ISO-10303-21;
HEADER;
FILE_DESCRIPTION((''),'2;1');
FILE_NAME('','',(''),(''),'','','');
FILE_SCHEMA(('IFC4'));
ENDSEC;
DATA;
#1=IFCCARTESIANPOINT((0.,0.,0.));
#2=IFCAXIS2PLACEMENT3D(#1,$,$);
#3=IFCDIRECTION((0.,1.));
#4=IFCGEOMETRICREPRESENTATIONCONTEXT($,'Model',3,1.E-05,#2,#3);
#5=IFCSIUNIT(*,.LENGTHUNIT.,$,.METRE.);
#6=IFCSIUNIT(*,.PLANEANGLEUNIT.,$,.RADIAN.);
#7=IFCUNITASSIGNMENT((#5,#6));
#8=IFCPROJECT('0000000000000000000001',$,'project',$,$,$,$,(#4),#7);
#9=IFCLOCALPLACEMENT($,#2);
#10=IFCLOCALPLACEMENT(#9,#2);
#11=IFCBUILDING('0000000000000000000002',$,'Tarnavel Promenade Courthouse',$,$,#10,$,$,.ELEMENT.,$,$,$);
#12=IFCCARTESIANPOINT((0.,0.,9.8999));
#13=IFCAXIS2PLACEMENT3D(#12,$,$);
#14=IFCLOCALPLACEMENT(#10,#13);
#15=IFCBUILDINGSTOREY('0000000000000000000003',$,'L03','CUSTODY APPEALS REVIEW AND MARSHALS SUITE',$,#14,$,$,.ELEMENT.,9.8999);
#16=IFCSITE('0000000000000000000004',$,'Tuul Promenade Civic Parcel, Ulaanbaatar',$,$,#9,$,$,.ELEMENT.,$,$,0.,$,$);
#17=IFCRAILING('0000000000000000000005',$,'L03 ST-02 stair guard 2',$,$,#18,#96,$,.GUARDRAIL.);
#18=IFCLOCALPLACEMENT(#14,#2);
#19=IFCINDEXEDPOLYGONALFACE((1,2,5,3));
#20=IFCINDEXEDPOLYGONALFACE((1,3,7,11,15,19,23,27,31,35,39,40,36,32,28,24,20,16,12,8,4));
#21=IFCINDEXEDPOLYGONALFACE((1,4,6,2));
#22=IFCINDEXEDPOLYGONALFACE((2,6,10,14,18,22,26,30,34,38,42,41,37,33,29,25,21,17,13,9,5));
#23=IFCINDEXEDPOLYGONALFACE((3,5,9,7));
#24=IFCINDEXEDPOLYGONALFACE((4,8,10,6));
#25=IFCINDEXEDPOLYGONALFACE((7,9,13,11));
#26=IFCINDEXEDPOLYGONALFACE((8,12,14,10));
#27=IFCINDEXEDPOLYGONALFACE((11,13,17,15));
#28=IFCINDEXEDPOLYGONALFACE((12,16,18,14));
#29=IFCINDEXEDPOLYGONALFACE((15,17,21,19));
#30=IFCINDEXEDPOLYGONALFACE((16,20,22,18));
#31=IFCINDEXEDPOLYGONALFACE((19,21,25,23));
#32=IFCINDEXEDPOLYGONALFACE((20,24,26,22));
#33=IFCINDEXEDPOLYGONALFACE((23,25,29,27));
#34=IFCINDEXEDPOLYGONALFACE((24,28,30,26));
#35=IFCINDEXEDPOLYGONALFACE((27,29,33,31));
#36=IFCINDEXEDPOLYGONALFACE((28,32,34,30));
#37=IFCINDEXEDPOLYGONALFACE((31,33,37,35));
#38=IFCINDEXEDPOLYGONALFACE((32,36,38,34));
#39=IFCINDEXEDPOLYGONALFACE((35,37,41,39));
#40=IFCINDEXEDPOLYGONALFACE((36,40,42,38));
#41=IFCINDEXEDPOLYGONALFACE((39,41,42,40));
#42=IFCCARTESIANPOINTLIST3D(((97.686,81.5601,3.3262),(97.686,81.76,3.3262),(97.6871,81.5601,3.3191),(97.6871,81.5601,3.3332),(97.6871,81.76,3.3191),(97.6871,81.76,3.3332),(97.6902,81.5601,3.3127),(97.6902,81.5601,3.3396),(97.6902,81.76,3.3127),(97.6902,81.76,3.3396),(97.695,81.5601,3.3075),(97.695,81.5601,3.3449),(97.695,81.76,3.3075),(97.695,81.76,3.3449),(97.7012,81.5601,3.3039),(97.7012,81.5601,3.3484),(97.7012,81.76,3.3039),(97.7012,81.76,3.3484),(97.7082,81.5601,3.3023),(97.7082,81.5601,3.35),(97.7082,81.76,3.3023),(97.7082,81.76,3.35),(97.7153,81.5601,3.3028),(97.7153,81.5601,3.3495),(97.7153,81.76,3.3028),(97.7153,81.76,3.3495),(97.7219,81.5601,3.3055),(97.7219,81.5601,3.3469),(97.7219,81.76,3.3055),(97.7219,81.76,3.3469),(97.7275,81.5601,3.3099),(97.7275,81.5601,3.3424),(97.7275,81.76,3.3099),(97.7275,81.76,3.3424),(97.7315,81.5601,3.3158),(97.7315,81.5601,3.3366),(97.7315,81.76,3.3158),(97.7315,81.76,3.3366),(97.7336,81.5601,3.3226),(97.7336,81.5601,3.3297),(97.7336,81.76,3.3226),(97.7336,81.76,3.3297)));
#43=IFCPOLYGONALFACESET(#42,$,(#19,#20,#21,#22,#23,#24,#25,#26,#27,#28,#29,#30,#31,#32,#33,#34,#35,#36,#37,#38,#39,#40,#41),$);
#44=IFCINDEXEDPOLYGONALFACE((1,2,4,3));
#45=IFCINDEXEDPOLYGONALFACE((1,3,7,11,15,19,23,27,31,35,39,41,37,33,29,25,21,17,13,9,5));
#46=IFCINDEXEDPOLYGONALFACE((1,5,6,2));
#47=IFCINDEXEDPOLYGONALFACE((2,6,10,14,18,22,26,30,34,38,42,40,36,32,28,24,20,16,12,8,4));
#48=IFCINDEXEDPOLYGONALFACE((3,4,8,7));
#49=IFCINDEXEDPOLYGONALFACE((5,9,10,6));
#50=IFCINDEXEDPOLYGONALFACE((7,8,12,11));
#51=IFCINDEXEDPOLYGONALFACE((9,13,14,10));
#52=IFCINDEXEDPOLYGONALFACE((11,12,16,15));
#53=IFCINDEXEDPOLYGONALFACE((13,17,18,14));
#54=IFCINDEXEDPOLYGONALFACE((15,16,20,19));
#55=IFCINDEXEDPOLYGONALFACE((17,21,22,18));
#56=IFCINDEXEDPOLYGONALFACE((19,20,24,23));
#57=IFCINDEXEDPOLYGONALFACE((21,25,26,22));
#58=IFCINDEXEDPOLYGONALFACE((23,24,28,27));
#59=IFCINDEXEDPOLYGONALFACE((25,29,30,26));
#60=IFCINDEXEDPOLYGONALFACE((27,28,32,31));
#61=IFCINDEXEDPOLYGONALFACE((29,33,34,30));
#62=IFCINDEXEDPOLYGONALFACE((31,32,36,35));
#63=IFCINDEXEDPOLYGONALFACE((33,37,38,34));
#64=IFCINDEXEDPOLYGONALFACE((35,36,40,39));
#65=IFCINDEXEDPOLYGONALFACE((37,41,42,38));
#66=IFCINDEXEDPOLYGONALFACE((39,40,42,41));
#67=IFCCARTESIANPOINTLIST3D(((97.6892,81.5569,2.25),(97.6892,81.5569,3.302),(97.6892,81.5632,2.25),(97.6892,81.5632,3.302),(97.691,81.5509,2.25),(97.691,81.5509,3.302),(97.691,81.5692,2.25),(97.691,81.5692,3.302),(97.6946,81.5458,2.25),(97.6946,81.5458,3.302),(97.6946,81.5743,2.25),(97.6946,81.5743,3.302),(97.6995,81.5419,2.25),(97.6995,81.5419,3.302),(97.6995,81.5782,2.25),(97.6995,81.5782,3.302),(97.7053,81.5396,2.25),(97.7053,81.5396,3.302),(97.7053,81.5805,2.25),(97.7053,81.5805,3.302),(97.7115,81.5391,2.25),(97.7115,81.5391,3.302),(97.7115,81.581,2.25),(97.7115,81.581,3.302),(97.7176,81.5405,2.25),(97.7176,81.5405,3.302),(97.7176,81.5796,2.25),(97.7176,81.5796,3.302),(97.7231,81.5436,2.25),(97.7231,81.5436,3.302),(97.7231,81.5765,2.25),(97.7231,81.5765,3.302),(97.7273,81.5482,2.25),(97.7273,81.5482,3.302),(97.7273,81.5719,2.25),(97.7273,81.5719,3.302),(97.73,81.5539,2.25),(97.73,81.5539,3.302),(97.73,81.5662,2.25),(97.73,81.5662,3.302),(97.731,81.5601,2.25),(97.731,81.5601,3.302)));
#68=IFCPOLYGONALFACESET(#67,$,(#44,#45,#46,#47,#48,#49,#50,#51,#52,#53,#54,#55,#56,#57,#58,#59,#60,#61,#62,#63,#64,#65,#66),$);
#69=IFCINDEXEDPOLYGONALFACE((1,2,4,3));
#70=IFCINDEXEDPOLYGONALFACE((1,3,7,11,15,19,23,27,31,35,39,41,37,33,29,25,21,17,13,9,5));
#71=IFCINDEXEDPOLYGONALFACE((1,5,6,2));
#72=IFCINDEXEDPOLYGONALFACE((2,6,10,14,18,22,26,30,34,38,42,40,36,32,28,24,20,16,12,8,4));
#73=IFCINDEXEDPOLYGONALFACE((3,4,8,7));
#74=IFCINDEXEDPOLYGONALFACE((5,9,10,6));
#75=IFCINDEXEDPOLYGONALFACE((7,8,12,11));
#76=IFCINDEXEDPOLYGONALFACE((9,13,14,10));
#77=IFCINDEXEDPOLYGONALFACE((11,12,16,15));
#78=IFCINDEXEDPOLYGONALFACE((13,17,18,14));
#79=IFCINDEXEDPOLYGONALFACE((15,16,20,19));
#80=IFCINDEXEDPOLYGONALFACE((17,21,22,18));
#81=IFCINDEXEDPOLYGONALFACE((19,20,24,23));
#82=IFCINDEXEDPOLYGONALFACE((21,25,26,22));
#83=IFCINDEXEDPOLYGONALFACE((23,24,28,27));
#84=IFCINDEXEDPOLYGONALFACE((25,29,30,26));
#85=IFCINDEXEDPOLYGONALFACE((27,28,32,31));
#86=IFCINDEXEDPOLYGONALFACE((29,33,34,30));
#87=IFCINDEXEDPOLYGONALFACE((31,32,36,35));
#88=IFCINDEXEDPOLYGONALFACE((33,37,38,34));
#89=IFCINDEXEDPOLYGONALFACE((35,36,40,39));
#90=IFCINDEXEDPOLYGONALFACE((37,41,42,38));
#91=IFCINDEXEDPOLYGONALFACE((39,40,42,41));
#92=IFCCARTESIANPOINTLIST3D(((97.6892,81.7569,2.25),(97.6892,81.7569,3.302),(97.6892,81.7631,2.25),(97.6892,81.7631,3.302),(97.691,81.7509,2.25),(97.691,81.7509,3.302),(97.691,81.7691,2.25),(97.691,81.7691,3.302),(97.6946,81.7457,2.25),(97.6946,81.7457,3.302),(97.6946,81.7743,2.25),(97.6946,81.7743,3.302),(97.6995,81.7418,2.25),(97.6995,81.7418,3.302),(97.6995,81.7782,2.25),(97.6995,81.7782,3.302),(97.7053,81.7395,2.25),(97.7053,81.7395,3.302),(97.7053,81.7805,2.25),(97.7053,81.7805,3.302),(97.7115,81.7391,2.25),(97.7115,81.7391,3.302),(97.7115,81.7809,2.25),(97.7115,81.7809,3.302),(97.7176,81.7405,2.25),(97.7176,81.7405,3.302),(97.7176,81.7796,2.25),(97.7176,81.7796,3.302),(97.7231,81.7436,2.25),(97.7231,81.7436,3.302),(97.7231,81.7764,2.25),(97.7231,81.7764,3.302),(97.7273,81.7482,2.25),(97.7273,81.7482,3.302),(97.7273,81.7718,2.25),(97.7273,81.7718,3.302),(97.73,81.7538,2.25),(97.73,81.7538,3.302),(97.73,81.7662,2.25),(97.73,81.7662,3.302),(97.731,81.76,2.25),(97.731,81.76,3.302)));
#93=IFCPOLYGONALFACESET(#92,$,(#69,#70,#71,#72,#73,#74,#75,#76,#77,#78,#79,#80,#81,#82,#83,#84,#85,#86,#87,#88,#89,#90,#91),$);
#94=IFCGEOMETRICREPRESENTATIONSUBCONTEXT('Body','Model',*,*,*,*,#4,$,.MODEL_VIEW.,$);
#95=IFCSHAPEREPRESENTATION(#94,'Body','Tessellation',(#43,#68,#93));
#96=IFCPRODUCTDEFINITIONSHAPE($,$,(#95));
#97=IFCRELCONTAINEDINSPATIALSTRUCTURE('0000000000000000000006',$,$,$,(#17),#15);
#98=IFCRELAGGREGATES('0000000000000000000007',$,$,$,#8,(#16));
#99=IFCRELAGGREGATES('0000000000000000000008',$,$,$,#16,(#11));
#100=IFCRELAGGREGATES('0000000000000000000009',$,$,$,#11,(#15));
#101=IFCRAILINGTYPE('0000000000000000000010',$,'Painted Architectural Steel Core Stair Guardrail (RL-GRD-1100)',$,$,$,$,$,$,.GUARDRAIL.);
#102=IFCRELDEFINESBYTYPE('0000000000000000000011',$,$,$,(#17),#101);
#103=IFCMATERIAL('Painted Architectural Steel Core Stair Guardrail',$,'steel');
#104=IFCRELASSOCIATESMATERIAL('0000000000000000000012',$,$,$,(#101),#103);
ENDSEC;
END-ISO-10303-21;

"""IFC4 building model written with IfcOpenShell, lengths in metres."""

from ifc_helpers import new_model, si_unit, direction, frame, origin, origin_2d, place, context, subcontext, project, spatial, circle, extrude, material, type_object, element, save


model = new_model("IFC4")

# Units and contexts
model_context = context("Model", 3, precision=1e-05, world=origin(), true_north=direction((0.0, 1.0)))
body_context = subcontext(model_context, "Body", "Model", "MODEL_VIEW")
ifc_project = project(units=[si_unit("LENGTHUNIT", "METRE"), si_unit("PLANEANGLEUNIT", "RADIAN")], contexts=[model_context])

# Site, building, storey
site_placement = place(None, origin())
site = spatial("IfcSite", under=ifc_project, at=site_placement, Name="Tuul Promenade Civic Parcel, Ulaanbaatar", CompositionType="ELEMENT", RefElevation=0.0)
building_placement = place(site_placement, origin())
building = spatial("IfcBuilding", under=site, at=building_placement, Name="Tarnavel Promenade Courthouse", CompositionType="ELEMENT")
storey_placement = place(building_placement, frame((0.0, 0.0, 9.8999)))
storey = spatial("IfcBuildingStorey", under=building, at=storey_placement, Name="L03", Description="CUSTODY APPEALS REVIEW AND MARSHALS SUITE", CompositionType="ELEMENT", Elevation=9.8999)

# Railing
ifc_material_1 = material(Name="Painted Architectural Steel Core Stair Guardrail", Category="steel")
railing_type_1 = type_object("IfcRailingType", Name="Painted Architectural Steel Core Stair Guardrail (RL-GRD-1100)", PredefinedType="GUARDRAIL", material=ifc_material_1)
railing_1_placement = place(storey_placement, frame((97.71, 81.5601, 2.25)))
element("IfcRailing", 1, at=railing_1_placement, inside=storey, type_object=railing_type_1, Name="L03 ST-02 stair guard 2", PredefinedType="GUARDRAIL", context=body_context, shape_type="SweptSolid", body=[
    extrude(circle(Radius=0.0239, at=origin_2d()), frame((0.0, 0.0, 1.0762), z_axis=(0.0, 1.0, 0.0), x_axis=(-1.0, 0.0, 0.0)), (0.0, 0.0, 1.0), 0.2),
    extrude(circle(Radius=0.021, at=origin_2d()), origin(), (0.0, 0.0, 1.0), 1.052),
    extrude(circle(Radius=0.021, at=origin_2d()), frame((0.0, 0.2, 0.0)), (0.0, 0.0, 1.0), 1.052),
])

save(model, "model.ifc")
